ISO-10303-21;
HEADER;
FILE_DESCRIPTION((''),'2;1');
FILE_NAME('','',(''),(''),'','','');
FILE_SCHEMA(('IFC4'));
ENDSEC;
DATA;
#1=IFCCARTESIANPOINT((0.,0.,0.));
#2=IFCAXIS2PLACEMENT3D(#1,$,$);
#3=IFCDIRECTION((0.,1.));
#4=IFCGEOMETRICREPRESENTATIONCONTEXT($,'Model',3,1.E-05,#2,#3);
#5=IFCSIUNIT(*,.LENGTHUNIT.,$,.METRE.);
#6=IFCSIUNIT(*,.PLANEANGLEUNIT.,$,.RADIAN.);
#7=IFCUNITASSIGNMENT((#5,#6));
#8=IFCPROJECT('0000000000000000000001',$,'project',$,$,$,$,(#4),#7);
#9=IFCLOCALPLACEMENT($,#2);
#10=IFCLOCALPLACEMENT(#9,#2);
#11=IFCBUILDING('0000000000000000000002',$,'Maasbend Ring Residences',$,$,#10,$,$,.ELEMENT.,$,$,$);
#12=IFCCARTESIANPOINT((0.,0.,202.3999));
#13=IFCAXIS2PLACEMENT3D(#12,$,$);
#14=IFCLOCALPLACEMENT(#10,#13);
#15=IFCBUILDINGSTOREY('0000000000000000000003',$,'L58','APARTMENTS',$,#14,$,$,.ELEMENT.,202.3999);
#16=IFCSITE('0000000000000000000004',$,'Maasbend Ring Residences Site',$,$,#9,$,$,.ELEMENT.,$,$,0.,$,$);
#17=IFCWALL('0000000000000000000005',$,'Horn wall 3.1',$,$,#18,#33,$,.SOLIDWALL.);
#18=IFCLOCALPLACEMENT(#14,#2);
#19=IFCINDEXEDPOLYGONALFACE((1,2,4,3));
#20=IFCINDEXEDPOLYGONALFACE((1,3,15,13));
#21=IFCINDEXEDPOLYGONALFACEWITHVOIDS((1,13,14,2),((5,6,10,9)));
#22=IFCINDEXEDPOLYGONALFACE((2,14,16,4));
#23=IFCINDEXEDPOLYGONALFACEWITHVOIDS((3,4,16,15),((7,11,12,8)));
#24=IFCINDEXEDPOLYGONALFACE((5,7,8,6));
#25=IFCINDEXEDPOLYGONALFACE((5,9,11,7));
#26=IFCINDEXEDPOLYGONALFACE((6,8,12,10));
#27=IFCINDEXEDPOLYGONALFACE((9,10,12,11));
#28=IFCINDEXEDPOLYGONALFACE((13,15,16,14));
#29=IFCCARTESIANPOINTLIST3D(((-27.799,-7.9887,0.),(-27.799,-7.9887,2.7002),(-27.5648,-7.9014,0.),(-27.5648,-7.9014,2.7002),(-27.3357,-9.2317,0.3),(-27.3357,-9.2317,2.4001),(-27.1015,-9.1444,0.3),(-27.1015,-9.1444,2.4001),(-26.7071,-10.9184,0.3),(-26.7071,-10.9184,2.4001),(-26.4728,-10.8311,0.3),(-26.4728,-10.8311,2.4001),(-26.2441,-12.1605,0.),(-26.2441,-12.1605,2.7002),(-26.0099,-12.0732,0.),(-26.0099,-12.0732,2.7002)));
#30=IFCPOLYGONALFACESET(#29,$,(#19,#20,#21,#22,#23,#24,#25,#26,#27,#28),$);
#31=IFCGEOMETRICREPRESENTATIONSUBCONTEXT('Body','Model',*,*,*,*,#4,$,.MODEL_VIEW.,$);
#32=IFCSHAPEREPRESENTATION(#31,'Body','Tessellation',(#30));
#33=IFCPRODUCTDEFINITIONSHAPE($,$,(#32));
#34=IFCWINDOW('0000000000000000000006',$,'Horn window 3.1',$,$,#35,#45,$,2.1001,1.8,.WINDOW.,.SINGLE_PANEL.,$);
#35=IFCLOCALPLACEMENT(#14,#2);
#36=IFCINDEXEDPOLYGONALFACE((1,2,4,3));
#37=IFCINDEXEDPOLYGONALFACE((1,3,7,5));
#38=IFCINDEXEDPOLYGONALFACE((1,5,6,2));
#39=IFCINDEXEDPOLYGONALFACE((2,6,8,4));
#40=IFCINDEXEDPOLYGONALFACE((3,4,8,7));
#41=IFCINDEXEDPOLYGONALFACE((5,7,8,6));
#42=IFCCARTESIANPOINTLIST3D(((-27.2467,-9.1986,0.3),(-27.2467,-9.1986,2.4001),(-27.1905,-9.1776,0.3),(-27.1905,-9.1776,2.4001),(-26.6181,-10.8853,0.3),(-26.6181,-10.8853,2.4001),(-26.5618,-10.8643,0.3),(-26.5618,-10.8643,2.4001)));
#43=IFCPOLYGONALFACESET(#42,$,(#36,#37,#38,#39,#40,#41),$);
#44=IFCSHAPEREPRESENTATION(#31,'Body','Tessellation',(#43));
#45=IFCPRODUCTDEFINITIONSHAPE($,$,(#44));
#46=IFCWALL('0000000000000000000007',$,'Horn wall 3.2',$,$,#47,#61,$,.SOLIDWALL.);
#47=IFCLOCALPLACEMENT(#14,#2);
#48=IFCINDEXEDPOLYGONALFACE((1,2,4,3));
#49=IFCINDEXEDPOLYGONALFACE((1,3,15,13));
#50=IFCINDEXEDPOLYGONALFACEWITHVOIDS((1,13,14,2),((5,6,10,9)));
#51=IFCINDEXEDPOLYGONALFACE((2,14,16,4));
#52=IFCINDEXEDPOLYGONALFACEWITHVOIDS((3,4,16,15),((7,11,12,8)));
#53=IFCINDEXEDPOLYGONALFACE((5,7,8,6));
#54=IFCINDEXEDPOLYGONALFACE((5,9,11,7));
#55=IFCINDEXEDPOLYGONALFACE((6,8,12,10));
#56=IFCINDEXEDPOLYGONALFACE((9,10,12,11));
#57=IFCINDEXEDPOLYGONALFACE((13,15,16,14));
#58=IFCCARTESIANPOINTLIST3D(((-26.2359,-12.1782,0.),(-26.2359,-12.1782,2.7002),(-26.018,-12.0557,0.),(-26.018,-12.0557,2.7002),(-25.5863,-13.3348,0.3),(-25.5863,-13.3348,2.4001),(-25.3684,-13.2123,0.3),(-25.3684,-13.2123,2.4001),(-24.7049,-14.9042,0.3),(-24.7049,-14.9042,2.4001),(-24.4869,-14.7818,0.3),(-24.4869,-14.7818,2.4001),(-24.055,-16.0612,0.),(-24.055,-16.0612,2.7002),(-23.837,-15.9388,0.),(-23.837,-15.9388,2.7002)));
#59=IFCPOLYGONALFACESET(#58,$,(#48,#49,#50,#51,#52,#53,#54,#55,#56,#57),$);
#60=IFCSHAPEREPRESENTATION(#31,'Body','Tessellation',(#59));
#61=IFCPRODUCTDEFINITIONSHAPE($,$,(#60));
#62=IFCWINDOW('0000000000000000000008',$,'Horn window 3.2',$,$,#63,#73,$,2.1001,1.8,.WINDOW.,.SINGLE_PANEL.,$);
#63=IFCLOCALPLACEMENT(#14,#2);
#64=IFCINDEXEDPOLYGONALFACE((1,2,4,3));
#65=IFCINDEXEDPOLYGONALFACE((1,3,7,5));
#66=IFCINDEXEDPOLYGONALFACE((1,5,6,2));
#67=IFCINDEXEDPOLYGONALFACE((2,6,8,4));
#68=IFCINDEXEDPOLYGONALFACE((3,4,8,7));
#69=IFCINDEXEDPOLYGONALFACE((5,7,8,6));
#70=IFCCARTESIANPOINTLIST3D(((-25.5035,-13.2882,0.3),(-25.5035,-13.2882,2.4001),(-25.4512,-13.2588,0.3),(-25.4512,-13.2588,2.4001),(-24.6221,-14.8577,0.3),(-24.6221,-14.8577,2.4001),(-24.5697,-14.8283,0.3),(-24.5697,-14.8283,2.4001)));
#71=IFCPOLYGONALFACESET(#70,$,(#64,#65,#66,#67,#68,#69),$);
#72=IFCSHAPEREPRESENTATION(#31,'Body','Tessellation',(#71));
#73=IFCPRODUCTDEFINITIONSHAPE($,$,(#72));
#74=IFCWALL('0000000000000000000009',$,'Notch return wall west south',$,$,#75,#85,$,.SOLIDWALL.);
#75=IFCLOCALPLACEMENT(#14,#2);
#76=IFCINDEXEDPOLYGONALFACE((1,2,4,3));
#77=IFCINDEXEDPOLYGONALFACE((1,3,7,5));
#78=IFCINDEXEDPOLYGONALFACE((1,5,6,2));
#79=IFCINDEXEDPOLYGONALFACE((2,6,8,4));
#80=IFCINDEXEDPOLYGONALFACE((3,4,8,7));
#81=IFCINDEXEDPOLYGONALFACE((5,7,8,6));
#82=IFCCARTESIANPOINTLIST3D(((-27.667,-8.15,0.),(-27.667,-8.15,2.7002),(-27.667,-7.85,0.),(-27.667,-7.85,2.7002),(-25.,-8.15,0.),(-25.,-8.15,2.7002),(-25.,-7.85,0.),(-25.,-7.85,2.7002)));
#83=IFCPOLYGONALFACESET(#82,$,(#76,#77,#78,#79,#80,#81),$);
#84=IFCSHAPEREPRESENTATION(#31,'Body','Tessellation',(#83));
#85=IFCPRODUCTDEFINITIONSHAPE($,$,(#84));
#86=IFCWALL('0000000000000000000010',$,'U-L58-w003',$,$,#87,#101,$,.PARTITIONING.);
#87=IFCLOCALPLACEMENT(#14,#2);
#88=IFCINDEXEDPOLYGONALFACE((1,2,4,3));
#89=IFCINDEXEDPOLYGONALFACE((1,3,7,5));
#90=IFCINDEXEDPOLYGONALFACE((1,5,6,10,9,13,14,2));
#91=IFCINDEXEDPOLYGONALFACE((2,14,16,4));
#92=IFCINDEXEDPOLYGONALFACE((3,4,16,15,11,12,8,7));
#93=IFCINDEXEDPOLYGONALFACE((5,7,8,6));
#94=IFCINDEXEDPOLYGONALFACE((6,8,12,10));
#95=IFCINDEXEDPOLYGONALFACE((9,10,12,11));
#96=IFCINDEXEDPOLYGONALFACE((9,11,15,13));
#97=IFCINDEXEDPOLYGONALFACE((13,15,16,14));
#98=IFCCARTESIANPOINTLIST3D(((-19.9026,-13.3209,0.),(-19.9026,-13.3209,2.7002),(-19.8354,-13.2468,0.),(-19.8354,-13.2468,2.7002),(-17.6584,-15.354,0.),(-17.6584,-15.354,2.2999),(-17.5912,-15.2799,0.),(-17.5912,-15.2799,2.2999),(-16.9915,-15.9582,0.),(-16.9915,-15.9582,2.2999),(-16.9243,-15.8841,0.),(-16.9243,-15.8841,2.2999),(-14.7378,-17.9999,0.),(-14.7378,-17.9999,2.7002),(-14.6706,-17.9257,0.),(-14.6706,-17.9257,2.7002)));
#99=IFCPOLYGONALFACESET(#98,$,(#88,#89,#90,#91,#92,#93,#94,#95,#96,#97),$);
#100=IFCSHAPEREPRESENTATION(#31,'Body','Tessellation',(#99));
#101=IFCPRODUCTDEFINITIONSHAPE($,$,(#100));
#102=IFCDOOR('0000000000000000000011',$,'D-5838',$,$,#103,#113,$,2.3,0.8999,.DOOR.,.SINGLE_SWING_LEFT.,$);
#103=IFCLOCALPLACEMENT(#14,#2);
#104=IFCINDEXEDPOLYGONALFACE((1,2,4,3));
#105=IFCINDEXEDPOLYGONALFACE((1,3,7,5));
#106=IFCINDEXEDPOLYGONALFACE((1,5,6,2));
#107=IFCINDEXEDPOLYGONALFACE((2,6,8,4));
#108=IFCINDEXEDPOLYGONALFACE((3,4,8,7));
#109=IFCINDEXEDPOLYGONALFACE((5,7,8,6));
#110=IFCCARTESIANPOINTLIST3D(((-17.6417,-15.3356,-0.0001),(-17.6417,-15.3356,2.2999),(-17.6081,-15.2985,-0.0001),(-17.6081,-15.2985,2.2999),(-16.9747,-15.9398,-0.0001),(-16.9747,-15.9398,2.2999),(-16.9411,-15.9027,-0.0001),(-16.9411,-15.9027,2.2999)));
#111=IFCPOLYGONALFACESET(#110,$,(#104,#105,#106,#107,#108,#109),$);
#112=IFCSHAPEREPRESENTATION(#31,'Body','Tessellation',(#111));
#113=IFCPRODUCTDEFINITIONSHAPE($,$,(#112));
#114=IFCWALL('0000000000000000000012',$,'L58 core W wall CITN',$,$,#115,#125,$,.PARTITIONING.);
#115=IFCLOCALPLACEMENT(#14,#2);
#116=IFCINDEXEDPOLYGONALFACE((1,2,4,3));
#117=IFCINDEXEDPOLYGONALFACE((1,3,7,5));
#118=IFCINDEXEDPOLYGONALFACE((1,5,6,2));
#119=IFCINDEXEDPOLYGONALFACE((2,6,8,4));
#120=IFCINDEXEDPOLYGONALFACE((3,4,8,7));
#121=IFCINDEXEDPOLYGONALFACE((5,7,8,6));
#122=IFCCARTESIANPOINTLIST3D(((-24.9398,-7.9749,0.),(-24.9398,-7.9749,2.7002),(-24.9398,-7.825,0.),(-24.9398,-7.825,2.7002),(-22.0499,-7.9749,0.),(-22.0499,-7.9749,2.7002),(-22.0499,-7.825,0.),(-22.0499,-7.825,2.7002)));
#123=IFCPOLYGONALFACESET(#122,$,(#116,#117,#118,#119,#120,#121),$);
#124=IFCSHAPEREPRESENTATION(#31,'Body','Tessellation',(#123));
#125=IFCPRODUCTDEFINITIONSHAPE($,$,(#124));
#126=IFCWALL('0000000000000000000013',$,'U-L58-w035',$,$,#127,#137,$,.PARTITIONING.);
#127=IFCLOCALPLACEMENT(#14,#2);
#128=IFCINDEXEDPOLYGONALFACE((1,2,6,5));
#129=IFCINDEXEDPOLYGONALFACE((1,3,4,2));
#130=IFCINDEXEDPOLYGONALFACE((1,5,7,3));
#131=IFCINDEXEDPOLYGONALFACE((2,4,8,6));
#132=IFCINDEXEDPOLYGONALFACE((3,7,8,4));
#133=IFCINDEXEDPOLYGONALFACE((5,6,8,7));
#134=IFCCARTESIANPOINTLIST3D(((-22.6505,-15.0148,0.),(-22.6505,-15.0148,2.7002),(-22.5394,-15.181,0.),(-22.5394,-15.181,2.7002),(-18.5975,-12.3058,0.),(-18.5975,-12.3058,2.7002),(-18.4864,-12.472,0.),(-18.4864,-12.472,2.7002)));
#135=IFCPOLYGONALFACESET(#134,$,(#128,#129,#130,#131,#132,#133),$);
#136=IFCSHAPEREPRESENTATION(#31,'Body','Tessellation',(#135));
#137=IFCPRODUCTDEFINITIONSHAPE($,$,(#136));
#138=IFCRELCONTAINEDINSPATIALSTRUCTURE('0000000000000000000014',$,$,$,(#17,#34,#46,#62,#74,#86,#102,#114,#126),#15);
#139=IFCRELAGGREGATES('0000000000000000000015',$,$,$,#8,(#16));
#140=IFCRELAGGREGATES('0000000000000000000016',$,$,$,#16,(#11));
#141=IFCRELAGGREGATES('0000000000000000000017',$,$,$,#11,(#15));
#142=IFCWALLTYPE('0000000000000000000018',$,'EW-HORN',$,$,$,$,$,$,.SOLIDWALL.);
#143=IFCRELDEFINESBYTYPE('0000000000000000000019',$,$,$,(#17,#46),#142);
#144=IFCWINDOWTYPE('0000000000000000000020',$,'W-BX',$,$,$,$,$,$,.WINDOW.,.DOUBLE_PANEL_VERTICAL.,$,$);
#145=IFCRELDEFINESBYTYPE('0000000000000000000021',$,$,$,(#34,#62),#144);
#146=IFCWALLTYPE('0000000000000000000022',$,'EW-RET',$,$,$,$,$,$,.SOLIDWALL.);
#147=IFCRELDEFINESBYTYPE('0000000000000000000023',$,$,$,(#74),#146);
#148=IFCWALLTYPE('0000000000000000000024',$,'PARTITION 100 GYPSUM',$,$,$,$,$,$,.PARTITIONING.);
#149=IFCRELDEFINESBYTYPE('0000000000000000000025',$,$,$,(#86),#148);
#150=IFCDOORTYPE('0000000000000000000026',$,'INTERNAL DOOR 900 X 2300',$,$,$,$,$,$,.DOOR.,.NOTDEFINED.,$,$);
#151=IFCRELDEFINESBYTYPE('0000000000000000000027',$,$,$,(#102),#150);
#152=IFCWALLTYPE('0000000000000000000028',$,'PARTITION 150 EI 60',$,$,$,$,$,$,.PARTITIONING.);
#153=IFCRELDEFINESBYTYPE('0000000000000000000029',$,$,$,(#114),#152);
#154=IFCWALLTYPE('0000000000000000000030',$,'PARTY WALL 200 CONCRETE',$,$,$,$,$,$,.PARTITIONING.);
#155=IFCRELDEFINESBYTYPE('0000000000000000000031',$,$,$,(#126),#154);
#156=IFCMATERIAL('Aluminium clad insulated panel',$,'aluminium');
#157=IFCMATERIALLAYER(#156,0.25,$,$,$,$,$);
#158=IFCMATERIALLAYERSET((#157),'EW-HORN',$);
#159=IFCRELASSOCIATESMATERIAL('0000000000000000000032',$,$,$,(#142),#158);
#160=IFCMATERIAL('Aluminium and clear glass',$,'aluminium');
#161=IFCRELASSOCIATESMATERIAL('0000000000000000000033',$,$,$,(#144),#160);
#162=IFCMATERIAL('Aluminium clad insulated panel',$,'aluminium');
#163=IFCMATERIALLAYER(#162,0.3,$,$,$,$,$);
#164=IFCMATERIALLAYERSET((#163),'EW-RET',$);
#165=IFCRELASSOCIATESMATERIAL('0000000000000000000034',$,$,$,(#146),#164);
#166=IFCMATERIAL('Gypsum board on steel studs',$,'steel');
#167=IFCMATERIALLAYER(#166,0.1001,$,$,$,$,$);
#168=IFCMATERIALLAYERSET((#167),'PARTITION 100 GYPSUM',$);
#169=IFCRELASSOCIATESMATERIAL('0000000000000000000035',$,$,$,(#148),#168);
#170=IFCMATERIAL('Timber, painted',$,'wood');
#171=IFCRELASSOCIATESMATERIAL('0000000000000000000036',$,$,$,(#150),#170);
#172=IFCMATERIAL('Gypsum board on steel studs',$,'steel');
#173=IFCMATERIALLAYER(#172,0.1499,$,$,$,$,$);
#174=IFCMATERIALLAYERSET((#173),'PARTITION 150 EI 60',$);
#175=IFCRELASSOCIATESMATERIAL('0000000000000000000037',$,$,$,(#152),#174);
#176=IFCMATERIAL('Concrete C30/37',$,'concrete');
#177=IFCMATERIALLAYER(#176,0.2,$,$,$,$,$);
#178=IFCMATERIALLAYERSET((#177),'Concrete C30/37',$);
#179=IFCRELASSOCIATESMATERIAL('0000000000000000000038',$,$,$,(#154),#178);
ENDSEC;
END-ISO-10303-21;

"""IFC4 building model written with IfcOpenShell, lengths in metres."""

from ifc_helpers import new_model, si_unit, direction, frame, frame_2d, origin, place, context, subcontext, project, spatial, rectangle, extrude, material, layer, layer_set, type_object, element, fill, save


model = new_model("IFC4")

# Units and contexts
model_context = context("Model", 3, precision=1e-05, world=origin(), true_north=direction((0.0, 1.0)))
body_context = subcontext(model_context, "Body", "Model", "MODEL_VIEW")
ifc_project = project(units=[si_unit("LENGTHUNIT", "METRE"), si_unit("PLANEANGLEUNIT", "RADIAN")], contexts=[model_context])

# Site, building, storey
site_placement = place(None, origin())
site = spatial("IfcSite", under=ifc_project, at=site_placement, Name="Maasbend Ring Residences Site", CompositionType="ELEMENT", RefElevation=0.0)
building_placement = place(site_placement, origin())
building = spatial("IfcBuilding", under=site, at=building_placement, Name="Maasbend Ring Residences", CompositionType="ELEMENT")
storey_placement = place(building_placement, frame((0.0, 0.0, 202.3999)))
storey = spatial("IfcBuildingStorey", under=building, at=storey_placement, Name="L58", Description="APARTMENTS", CompositionType="ELEMENT", Elevation=202.3999)

# Walls, openings, windows
ifc_material_1 = material(Name="Aluminium clad insulated panel", Category="aluminium")
ifc_layer_1 = layer(ifc_material_1, 0.25)
ifc_layer_set_1 = layer_set([ifc_layer_1], Name="EW-HORN")
wall_type_1 = type_object("IfcWallType", Name="EW-HORN", PredefinedType="SOLIDWALL", material=ifc_layer_set_1)
wall_1_placement = place(storey_placement, frame((-27.6819, -7.9451, 0.0), z_axis=(0.0, 0.0, 1.0), x_axis=(0.349248, -0.93703, 0.0)))
wall_1 = element("IfcWall", 1, at=wall_1_placement, inside=storey, type_object=wall_type_1, Name="Horn wall 3.1", PredefinedType="SOLIDWALL", context=body_context, shape_type="SweptSolid", body=[
    extrude(rectangle(XDim=4.4521, YDim=0.25, at=frame_2d((2.2261, 0.0))), origin(), (0.0, 0.0, 1.0), 2.7002),
])
opening_1_placement = place(wall_1_placement, frame((1.3267, 0.0, 0.3)))
opening_1 = element("IfcOpeningElement", 2, at=opening_1_placement, cuts=wall_1, PredefinedType="OPENING", context=body_context, shape_type="SweptSolid", body=[
    extrude(rectangle(XDim=1.8, YDim=2.1001, at=frame_2d((0.8999, 1.05))), frame((0.0, 0.135, 0.0), z_axis=(0.0, -1.0, 0.0), x_axis=(1.0, 0.0, 0.0)), (0.0, 0.0, 1.0), 0.27),
])
ifc_material_2 = material(Name="Aluminium and clear glass", Category="aluminium")
window_type = type_object("IfcWindowType", Name="W-BX", PartitioningType="DOUBLE_PANEL_VERTICAL", PredefinedType="WINDOW", material=ifc_material_2)
window_1_placement = place(opening_1_placement, origin())
window_1 = element("IfcWindow", 3, at=window_1_placement, inside=storey, type_object=window_type, Name="Horn window 3.1", OverallHeight=2.1001, OverallWidth=1.8, PartitioningType="SINGLE_PANEL", PredefinedType="WINDOW", context=body_context, shape_type="SweptSolid", body=[
    extrude(rectangle(XDim=1.8, YDim=2.1001, at=frame_2d((0.8999, 1.05))), frame((0.0, 0.03, 0.0), z_axis=(0.0, -1.0, 0.0), x_axis=(1.0, 0.0, 0.0)), (0.0, 0.0, 1.0), 0.0601),
])
fill(opening_1, window_1)
wall_2_placement = place(storey_placement, frame((-26.127, -12.1169, 0.0), z_axis=(0.0, 0.0, 1.0), x_axis=(0.489696, -0.871893, 0.0)))
wall_2 = element("IfcWall", 4, at=wall_2_placement, inside=storey, type_object=wall_type_1, Name="Horn wall 3.2", PredefinedType="SOLIDWALL", context=body_context, shape_type="SweptSolid", body=[
    extrude(rectangle(XDim=4.4536, YDim=0.25, at=frame_2d((2.2268, 0.0))), origin(), (0.0, 0.0, 1.0), 2.7002),
])
opening_2_placement = place(wall_2_placement, frame((1.3267, 0.0, 0.3)))
opening_2 = element("IfcOpeningElement", 5, at=opening_2_placement, cuts=wall_2, PredefinedType="OPENING", context=body_context, shape_type="SweptSolid", body=[
    extrude(rectangle(XDim=1.8, YDim=2.1001, at=frame_2d((0.8999, 1.05))), frame((0.0, 0.135, 0.0), z_axis=(0.0, -1.0, 0.0), x_axis=(1.0, 0.0, 0.0)), (0.0, 0.0, 1.0), 0.27),
])
window_2_placement = place(opening_2_placement, origin())
window_2 = element("IfcWindow", 6, at=window_2_placement, inside=storey, type_object=window_type, Name="Horn window 3.2", OverallHeight=2.1001, OverallWidth=1.8, PartitioningType="SINGLE_PANEL", PredefinedType="WINDOW", context=body_context, shape_type="SweptSolid", body=[
    extrude(rectangle(XDim=1.8, YDim=2.1001, at=frame_2d((0.8999, 1.05))), frame((0.0, 0.03, 0.0), z_axis=(0.0, -1.0, 0.0), x_axis=(1.0, 0.0, 0.0)), (0.0, 0.0, 1.0), 0.0601),
])
fill(opening_2, window_2)

# Wall
ifc_material_3 = material(Name="Aluminium clad insulated panel", Category="aluminium")
ifc_layer_2 = layer(ifc_material_3, 0.3)
ifc_layer_set_2 = layer_set([ifc_layer_2], Name="EW-RET")
wall_type_2 = type_object("IfcWallType", Name="EW-RET", PredefinedType="SOLIDWALL", material=ifc_layer_set_2)
wall_3_placement = place(storey_placement, frame((-25.0, -8.0, 0.0), z_axis=(0.0, 0.0, 1.0), x_axis=(-1.0, 0.0, 0.0)))
element("IfcWall", 7, at=wall_3_placement, inside=storey, type_object=wall_type_2, Name="Notch return wall west south", PredefinedType="SOLIDWALL", context=body_context, shape_type="SweptSolid", body=[
    extrude(rectangle(XDim=2.667, YDim=0.3, at=frame_2d((1.3335, 0.0))), origin(), (0.0, 0.0, 1.0), 2.7002),
])

# Wall, opening, door
ifc_material_4 = material(Name="Gypsum board on steel studs", Category="steel")
ifc_layer_3 = layer(ifc_material_4, 0.1001)
ifc_layer_set_3 = layer_set([ifc_layer_3], Name="PARTITION 100 GYPSUM")
wall_type_3 = type_object("IfcWallType", Name="PARTITION 100 GYPSUM", PredefinedType="PARTITIONING", material=ifc_layer_set_3)
wall_4_placement = place(storey_placement, frame((-19.8689, -13.2839, 0.0), z_axis=(0.0, 0.0, 1.0), x_axis=(0.741104, -0.67139, 0.0)))
wall_4 = element("IfcWall", 8, at=wall_4_placement, inside=storey, type_object=wall_type_3, Name="U-L58-w003", PredefinedType="PARTITIONING", context=body_context, shape_type="SweptSolid", body=[
    extrude(rectangle(XDim=6.969, YDim=0.1001, at=frame_2d((3.4844, 0.0))), origin(), (0.0, 0.0, 1.0), 2.7002),
])
opening_3_placement = place(wall_4_placement, frame((3.0281, 0.0, 0.0)))
opening_3 = element("IfcOpeningElement", 9, at=opening_3_placement, cuts=wall_4, PredefinedType="OPENING", context=body_context, shape_type="SweptSolid", body=[
    extrude(rectangle(XDim=0.8999, YDim=2.3, at=frame_2d((0.45, 1.1499))), frame((0.0, 0.0601, 0.0), z_axis=(0.0, -1.0, 0.0), x_axis=(1.0, 0.0, 0.0)), (0.0, 0.0, 1.0), 0.1201),
])
ifc_material_5 = material(Name="Timber, painted", Category="wood")
door_type_1 = type_object("IfcDoorType", Name="INTERNAL DOOR 900 X 2300", OperationType="NOTDEFINED", PredefinedType="DOOR", material=ifc_material_5)
door_1_placement = place(opening_3_placement, origin())
door_1 = element("IfcDoor", 10, at=door_1_placement, inside=storey, type_object=door_type_1, Name="D-5838", OperationType="SINGLE_SWING_LEFT", OverallHeight=2.3, OverallWidth=0.8999, PredefinedType="DOOR", context=body_context, shape_type="SweptSolid", body=[
    extrude(rectangle(XDim=0.8999, YDim=2.3, at=frame_2d((0.45, 1.1499))), frame((0.0, 0.0249, 0.0), z_axis=(0.0, -1.0, 0.0), x_axis=(1.0, 0.0, 0.0)), (0.0, 0.0, 1.0), 0.05),
])
fill(opening_3, door_1)

# Walls
ifc_material_6 = material(Name="Gypsum board on steel studs", Category="steel")
ifc_layer_4 = layer(ifc_material_6, 0.1499)
ifc_layer_set_4 = layer_set([ifc_layer_4], Name="PARTITION 150 EI 60")
wall_type_4 = type_object("IfcWallType", Name="PARTITION 150 EI 60", PredefinedType="PARTITIONING", material=ifc_layer_set_4)
wall_5_placement = place(storey_placement, frame((-22.05, -7.8999, 0.0), z_axis=(0.0, 0.0, 1.0), x_axis=(-1.0, 0.0, 0.0)))
element("IfcWall", 11, at=wall_5_placement, inside=storey, type_object=wall_type_4, Name="L58 core W wall CITN", PredefinedType="PARTITIONING", context=body_context, shape_type="SweptSolid", body=[
    extrude(rectangle(XDim=2.8899, YDim=0.1499, at=frame_2d((1.4448, 0.0))), origin(), (0.0, 0.0, 1.0), 2.7002),
])
ifc_material_7 = material(Name="Concrete C30/37", Category="concrete")
ifc_layer_5 = layer(ifc_material_7, 0.2)
ifc_layer_set_5 = layer_set([ifc_layer_5], Name="Concrete C30/37")
wall_type_5 = type_object("IfcWallType", Name="PARTY WALL 200 CONCRETE", PredefinedType="PARTITIONING", material=ifc_layer_set_5)
wall_6_placement = place(storey_placement, frame((-22.595, -15.0979, 0.0), z_axis=(0.0, 0.0, 1.0), x_axis=(0.831387, 0.555694, 0.0)))
element("IfcWall", 12, at=wall_6_placement, inside=storey, type_object=wall_type_5, Name="U-L58-w035", PredefinedType="PARTITIONING", context=body_context, shape_type="SweptSolid", body=[
    extrude(rectangle(XDim=4.875, YDim=0.2, at=frame_2d((2.4375, 0.0))), origin(), (0.0, 0.0, 1.0), 2.7002),
])

save(model, "model.ifc")
